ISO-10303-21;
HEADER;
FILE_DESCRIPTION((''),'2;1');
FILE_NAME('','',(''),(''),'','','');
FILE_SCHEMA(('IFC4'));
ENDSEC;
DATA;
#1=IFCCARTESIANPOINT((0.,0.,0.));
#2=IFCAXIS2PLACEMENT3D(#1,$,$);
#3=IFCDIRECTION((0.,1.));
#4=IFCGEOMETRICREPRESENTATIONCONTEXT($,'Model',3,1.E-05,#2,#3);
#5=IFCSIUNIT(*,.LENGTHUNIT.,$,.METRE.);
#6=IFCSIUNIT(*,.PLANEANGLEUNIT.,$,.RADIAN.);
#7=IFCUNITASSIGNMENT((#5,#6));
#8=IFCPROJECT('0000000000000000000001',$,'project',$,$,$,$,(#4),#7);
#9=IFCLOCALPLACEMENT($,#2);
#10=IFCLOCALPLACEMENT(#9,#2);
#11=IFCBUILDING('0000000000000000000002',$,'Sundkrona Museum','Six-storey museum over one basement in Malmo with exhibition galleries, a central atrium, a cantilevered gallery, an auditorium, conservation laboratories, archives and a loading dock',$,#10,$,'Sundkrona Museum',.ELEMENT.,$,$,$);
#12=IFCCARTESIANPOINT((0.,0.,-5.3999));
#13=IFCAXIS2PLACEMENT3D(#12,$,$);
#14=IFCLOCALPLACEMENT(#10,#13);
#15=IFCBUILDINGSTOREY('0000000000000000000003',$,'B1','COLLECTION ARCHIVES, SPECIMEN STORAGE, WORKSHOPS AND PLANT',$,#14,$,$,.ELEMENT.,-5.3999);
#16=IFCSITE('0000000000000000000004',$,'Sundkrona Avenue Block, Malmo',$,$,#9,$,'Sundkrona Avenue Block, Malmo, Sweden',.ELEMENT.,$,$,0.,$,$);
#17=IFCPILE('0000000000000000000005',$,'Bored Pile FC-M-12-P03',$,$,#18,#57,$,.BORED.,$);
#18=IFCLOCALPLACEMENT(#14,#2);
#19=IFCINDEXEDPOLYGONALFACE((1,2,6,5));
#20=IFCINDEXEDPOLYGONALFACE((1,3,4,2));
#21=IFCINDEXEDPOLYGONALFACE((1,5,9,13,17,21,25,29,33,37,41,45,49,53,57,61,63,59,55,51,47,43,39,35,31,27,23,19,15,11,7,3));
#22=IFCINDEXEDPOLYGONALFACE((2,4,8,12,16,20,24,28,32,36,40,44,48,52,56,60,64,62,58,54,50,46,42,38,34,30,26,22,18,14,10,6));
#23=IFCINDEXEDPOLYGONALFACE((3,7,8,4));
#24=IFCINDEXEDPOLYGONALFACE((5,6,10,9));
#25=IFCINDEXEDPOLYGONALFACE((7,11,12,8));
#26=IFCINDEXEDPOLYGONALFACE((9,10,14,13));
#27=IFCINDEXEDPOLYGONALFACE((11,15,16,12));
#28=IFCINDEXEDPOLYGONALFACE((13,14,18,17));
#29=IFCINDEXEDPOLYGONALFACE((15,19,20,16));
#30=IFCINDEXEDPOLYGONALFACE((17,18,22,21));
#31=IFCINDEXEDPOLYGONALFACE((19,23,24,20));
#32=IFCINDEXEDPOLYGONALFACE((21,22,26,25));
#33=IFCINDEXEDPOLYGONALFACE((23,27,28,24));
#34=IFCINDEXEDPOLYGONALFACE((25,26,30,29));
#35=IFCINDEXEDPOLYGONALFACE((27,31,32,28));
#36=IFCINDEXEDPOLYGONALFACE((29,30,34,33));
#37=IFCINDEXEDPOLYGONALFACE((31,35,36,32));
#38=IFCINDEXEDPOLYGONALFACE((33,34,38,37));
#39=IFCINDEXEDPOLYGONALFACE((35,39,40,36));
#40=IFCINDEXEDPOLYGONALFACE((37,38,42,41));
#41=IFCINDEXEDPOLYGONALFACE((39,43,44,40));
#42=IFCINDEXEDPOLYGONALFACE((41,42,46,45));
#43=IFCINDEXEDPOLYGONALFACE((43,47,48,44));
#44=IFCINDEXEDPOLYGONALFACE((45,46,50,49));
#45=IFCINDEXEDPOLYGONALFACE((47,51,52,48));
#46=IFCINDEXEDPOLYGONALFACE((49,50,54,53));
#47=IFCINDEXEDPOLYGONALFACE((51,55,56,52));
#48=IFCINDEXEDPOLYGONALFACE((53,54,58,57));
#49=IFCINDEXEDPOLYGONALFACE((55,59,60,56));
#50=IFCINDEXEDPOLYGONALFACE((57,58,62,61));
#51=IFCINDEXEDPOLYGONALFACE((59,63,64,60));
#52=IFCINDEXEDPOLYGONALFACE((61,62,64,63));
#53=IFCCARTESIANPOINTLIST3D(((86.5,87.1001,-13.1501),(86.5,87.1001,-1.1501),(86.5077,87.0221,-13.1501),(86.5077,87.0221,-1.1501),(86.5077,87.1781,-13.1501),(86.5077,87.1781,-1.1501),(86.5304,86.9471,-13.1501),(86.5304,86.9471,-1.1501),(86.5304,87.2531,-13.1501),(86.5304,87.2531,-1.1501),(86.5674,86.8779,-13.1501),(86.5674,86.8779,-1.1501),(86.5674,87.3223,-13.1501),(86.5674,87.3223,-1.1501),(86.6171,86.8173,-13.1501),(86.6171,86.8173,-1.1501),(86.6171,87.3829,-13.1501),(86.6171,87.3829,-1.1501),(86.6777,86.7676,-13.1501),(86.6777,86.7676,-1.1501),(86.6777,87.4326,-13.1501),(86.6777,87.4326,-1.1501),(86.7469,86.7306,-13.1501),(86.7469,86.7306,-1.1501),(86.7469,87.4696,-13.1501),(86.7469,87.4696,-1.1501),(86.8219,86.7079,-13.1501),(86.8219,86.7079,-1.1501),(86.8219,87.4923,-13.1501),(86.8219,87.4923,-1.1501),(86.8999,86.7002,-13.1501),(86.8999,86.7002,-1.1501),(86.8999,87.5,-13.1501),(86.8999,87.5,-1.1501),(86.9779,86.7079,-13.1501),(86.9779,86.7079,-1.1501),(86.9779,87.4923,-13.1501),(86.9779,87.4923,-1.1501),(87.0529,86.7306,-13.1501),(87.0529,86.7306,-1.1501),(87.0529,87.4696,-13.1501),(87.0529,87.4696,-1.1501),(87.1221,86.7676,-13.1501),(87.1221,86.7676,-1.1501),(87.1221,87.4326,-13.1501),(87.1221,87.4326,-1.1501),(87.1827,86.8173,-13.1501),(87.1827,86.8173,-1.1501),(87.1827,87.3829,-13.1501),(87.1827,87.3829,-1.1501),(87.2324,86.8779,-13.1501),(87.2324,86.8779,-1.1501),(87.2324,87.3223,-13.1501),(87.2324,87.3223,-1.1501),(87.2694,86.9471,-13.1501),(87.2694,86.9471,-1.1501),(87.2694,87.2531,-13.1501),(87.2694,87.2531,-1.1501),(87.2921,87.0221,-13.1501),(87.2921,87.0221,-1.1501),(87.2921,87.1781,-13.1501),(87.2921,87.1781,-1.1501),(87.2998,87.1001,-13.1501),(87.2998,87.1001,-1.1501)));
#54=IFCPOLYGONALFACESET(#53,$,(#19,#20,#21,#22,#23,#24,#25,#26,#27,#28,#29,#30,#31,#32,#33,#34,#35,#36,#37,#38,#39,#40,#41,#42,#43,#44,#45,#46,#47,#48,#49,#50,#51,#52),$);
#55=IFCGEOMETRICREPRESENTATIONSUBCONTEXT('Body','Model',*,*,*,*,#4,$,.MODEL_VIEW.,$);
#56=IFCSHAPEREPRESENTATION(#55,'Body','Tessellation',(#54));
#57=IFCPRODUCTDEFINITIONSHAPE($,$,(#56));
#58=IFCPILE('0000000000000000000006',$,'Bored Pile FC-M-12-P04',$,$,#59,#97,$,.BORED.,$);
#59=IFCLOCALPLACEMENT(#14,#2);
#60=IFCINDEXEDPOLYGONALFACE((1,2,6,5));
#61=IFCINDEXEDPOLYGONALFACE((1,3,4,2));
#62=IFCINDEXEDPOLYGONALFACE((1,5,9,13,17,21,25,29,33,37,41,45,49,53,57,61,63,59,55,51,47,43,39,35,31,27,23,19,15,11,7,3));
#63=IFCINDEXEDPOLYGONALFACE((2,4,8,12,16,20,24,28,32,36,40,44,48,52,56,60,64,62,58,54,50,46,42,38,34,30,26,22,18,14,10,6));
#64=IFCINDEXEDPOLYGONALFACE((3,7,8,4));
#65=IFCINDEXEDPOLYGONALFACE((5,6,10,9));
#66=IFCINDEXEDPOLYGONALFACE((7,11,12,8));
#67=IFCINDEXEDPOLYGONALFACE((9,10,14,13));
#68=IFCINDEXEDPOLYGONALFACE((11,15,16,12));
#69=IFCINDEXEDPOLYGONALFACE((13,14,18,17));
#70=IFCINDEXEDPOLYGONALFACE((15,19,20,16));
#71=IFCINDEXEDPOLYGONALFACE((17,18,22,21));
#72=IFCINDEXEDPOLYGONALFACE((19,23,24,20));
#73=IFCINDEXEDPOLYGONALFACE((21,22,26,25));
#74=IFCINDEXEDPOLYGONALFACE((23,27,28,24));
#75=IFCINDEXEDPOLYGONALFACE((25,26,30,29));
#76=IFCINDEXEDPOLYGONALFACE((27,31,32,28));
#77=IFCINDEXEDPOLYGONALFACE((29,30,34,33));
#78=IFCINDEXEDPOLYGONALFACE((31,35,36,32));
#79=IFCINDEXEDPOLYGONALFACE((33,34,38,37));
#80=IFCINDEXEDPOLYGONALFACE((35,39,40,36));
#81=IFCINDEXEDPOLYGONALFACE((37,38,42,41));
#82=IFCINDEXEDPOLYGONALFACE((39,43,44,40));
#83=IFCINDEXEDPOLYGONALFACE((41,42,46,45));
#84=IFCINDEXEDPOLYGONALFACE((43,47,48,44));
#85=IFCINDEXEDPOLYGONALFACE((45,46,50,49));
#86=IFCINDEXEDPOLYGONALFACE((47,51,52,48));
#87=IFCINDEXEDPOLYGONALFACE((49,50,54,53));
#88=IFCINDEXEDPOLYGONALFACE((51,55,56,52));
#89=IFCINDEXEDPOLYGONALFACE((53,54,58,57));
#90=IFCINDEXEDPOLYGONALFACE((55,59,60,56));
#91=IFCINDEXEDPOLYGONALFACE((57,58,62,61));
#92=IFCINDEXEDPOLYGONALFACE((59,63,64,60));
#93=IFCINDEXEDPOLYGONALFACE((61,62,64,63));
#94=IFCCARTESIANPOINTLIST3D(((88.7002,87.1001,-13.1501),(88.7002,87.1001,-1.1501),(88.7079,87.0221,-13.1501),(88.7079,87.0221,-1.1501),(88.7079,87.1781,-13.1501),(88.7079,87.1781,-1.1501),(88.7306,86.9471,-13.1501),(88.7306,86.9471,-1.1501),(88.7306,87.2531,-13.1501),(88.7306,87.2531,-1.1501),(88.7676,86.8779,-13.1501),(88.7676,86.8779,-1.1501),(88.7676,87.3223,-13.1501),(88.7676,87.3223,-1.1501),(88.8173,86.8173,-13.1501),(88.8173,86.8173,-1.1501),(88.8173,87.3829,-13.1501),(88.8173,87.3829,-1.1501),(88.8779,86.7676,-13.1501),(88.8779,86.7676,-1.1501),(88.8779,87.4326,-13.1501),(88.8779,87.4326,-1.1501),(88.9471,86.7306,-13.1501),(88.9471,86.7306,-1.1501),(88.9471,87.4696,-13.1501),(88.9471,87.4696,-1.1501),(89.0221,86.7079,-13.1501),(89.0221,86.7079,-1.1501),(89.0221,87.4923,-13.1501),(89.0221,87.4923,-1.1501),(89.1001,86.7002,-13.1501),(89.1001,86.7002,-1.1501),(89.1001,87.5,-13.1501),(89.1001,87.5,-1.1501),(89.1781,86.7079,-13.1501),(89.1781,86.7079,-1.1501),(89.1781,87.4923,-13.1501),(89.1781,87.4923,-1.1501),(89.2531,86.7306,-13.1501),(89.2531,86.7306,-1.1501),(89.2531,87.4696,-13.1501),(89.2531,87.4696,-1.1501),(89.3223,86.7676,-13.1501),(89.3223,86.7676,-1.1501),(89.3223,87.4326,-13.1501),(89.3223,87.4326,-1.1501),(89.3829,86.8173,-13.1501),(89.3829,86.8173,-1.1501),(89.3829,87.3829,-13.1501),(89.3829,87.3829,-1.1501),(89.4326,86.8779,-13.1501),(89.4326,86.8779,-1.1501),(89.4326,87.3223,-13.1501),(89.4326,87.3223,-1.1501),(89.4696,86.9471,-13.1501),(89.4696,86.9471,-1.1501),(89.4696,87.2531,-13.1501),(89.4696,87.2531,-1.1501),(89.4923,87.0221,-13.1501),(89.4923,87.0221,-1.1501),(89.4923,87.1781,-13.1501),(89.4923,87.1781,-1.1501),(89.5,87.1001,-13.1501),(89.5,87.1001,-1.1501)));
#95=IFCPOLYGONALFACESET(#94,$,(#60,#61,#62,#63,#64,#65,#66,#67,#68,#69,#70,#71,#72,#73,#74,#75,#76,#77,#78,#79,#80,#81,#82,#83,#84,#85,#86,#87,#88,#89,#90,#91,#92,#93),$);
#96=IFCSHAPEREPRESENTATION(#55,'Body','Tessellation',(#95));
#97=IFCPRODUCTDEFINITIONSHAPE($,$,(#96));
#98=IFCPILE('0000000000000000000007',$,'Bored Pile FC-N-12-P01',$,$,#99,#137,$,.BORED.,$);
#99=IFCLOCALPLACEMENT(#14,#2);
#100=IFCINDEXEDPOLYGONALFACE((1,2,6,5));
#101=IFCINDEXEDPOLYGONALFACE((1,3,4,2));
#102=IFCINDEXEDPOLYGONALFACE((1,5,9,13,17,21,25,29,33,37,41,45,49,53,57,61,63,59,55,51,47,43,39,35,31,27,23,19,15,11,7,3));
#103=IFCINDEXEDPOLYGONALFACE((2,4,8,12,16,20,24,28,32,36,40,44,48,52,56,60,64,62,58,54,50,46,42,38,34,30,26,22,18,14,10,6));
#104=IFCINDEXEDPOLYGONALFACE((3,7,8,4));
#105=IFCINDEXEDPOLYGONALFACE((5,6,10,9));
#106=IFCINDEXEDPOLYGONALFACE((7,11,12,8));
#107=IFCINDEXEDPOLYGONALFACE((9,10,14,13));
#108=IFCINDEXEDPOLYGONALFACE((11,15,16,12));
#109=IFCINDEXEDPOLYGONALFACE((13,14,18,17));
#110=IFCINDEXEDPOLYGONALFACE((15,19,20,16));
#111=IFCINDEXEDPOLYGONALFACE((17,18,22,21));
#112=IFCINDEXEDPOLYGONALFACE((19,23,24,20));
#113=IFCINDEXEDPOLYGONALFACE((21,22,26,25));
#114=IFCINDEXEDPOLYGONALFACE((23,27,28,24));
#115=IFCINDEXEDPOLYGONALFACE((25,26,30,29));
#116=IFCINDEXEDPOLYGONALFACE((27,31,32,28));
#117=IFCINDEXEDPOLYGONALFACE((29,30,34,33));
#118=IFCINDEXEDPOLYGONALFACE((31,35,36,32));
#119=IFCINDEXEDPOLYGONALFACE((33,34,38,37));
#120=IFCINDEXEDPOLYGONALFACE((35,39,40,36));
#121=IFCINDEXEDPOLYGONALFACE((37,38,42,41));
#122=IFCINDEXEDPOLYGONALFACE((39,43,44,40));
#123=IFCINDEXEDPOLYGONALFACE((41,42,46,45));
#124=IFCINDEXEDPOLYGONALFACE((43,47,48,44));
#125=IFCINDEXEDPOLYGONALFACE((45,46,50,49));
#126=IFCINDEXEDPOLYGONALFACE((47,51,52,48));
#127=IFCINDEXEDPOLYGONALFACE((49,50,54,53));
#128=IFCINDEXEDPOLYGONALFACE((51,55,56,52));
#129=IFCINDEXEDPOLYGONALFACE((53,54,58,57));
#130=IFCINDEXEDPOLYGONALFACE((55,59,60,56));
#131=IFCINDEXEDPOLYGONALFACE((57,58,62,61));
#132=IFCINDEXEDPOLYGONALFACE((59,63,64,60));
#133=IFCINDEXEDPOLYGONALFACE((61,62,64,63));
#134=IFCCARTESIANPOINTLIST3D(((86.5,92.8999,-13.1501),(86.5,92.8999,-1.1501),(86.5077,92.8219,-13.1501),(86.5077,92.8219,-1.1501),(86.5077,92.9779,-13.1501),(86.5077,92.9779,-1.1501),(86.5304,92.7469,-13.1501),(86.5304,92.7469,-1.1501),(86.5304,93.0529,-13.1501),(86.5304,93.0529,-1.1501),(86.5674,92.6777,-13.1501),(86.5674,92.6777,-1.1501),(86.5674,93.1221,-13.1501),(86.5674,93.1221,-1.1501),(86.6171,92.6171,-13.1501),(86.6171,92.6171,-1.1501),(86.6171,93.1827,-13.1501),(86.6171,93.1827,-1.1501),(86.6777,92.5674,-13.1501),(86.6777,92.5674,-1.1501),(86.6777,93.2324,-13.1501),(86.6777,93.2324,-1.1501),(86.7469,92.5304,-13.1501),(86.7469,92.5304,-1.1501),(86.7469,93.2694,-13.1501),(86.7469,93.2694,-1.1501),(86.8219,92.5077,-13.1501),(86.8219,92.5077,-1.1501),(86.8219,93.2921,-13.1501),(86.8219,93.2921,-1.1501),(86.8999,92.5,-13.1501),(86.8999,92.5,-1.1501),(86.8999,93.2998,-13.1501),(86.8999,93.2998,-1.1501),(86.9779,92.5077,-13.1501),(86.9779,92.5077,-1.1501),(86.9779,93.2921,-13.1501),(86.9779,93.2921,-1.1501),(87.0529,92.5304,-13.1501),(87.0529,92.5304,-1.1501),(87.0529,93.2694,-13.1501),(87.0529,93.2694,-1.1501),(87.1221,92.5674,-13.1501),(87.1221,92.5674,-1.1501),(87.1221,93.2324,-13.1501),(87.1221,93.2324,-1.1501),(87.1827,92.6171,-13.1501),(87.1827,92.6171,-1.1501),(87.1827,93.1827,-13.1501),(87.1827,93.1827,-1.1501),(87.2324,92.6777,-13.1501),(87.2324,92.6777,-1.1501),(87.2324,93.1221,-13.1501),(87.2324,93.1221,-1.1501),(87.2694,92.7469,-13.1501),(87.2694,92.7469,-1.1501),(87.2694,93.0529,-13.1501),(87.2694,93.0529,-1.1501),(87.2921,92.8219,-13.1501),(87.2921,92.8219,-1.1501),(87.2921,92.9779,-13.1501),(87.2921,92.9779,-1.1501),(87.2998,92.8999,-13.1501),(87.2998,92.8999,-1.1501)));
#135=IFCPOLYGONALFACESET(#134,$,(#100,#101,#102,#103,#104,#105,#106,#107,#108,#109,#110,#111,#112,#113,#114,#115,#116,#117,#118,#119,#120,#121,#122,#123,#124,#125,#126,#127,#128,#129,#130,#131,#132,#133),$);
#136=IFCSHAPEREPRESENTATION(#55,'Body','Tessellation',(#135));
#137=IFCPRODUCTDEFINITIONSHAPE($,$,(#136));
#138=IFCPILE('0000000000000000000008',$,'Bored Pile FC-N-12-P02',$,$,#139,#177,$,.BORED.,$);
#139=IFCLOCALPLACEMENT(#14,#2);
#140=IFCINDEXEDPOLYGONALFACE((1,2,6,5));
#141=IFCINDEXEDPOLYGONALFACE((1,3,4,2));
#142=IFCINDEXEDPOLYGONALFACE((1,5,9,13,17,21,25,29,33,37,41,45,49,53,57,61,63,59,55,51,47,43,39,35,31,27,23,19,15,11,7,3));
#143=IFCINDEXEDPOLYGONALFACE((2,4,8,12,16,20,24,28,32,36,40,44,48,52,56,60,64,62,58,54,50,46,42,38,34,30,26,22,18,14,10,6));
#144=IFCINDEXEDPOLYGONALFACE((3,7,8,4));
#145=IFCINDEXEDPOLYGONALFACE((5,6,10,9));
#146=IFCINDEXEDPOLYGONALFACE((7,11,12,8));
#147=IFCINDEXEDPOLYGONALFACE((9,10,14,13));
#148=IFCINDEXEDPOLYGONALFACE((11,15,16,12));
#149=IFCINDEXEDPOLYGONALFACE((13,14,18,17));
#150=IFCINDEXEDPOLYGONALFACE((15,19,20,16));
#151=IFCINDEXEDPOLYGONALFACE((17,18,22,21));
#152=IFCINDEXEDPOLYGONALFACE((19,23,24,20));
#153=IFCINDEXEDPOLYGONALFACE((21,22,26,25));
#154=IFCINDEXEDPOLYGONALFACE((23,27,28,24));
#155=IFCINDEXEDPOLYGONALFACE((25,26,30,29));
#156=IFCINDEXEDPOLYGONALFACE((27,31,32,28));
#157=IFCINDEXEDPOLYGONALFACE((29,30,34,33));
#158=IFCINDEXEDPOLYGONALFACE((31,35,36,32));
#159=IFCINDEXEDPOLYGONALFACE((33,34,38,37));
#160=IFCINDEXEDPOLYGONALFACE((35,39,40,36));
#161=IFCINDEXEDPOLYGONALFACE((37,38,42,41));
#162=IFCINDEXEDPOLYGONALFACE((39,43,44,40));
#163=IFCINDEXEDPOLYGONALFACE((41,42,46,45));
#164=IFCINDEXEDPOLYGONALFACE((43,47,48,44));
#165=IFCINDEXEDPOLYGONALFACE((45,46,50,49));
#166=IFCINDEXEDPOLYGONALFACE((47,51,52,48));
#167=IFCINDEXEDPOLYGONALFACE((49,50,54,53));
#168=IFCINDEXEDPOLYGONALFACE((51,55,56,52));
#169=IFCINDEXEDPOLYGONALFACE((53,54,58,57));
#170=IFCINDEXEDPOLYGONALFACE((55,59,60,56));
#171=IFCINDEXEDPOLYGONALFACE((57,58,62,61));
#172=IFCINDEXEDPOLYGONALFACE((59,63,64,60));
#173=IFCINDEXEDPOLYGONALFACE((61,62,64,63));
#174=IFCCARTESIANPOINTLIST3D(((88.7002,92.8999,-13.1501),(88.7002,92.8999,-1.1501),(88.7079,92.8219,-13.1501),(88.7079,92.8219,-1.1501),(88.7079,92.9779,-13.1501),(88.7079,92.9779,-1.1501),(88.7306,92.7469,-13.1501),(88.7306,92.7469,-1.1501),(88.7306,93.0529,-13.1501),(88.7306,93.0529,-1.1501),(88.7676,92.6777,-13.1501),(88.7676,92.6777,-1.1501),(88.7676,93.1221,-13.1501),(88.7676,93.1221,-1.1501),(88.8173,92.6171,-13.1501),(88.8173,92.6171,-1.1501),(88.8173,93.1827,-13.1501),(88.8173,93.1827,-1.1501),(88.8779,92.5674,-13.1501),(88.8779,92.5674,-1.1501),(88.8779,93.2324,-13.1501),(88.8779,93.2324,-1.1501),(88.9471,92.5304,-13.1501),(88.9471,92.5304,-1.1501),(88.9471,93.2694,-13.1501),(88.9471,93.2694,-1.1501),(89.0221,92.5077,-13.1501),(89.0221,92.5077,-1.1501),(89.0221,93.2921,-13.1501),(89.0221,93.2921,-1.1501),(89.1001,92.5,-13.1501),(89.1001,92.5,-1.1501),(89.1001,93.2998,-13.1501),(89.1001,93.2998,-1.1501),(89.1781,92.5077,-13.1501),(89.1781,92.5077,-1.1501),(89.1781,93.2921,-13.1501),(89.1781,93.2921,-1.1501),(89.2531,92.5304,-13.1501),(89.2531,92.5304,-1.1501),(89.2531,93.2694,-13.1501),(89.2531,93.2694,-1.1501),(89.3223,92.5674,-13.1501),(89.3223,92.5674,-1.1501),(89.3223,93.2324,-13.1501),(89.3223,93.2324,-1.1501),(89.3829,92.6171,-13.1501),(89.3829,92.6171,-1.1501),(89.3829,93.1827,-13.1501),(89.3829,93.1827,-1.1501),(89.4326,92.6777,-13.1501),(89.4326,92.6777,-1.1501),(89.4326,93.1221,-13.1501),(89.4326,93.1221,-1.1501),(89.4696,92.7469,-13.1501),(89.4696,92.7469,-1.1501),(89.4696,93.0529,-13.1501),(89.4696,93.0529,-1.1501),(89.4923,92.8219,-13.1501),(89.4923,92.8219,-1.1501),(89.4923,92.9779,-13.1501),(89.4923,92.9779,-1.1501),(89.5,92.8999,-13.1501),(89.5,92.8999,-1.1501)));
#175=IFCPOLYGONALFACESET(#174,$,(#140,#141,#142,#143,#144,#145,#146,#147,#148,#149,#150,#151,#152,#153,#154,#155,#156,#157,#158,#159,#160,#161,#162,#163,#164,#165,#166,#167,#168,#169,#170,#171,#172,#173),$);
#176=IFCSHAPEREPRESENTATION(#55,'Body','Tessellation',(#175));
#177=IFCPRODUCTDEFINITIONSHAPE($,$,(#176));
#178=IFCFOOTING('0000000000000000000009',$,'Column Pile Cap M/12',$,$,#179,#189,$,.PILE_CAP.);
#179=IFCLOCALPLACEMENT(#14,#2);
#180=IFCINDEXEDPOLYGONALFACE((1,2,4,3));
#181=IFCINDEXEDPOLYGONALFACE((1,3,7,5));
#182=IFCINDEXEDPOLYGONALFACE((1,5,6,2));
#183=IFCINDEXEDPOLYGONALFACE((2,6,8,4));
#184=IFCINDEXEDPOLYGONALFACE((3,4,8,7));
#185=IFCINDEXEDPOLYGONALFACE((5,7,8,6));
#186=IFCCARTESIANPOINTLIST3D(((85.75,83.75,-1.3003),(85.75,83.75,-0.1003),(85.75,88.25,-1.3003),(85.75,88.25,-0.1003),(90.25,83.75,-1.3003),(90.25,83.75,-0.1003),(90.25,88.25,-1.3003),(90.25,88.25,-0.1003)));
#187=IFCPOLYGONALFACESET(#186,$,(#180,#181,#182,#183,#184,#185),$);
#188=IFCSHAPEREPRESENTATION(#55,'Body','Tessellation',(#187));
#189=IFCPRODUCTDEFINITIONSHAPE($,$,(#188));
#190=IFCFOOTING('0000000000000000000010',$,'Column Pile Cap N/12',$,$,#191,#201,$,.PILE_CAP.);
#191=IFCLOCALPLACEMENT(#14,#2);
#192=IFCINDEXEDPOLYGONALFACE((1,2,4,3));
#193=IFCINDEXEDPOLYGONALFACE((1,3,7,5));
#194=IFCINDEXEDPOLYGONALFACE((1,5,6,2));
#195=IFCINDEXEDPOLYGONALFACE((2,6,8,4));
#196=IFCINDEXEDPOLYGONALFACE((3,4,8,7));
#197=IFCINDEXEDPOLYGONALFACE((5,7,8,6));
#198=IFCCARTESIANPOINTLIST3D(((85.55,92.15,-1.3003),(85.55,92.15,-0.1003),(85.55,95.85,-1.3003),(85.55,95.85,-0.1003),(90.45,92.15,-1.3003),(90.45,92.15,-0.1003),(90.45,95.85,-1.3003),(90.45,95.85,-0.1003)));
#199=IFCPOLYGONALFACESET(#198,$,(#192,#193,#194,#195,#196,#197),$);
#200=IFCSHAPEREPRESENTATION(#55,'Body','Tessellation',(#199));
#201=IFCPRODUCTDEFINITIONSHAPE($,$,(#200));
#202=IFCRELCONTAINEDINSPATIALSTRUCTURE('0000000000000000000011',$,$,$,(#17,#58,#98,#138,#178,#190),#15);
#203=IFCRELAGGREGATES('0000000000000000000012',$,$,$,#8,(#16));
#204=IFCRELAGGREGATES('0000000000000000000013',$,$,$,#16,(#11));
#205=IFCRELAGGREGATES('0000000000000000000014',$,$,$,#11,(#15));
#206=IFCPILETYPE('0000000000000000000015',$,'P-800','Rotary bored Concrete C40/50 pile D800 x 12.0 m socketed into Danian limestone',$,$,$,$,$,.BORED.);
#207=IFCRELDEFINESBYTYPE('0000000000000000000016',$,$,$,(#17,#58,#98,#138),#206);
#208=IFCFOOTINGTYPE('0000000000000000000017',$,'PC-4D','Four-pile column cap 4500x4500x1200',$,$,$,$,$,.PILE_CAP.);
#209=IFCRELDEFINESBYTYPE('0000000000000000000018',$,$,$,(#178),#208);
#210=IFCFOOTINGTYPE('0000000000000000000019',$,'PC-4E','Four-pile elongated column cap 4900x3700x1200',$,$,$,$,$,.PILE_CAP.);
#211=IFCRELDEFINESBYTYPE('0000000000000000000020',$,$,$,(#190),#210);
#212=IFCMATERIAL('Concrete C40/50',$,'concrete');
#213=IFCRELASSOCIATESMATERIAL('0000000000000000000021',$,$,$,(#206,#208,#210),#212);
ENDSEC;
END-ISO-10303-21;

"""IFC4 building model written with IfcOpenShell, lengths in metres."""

from ifc_helpers import new_model, si_unit, direction, frame, origin, origin_2d, place, context, subcontext, project, spatial, rectangle, circle, extrude, material, material_profile, profile_set, type_object, element, save


model = new_model("IFC4")

# Units and contexts
model_context = context("Model", 3, precision=1e-05, world=origin(), true_north=direction((0.0, 1.0)))
body_context = subcontext(model_context, "Body", "Model", "MODEL_VIEW")
ifc_project = project(units=[si_unit("LENGTHUNIT", "METRE"), si_unit("PLANEANGLEUNIT", "RADIAN")], contexts=[model_context])

# Site, building, storey
site_placement = place(None, origin())
site = spatial("IfcSite", under=ifc_project, at=site_placement, Name="Sundkrona Avenue Block, Malmo", LongName="Sundkrona Avenue Block, Malmo, Sweden", CompositionType="ELEMENT", RefElevation=0.0)
building_placement = place(site_placement, origin())
building = spatial("IfcBuilding", under=site, at=building_placement, Name="Sundkrona Museum", Description="Six-storey museum over one basement in Malmo with exhibition galleries, a central atrium, a cantilevered gallery, an auditorium, conservation laboratories, archives and a loading dock", LongName="Sundkrona Museum", CompositionType="ELEMENT")
storey_placement = place(building_placement, frame((0.0, 0.0, -5.3999)))
storey = spatial("IfcBuildingStorey", under=building, at=storey_placement, Name="B1", Description="COLLECTION ARCHIVES, SPECIMEN STORAGE, WORKSHOPS AND PLANT", CompositionType="ELEMENT", Elevation=-5.3999)

# Shared definitions
ifc_material_1 = material(Name="Concrete C40/50", Category="concrete")

# Piles
ifc_material_profile_1 = material_profile(ifc_material_1, circle(Radius=0.3999, at=origin_2d()), Name="PILE D800")
ifc_profile_set_1 = profile_set([ifc_material_profile_1], Name="Concrete C40/50")
pile_type = type_object("IfcPileType", Name="P-800", Description="Rotary bored Concrete C40/50 pile D800 x 12.0 m socketed into Danian limestone", PredefinedType="BORED", material=ifc_profile_set_1)
for number, where, z_axis, x_axis, name in (
    (1, (86.8999, 87.1001, -1.1501), (0.0, 0.0, -1.0), (1.0, 0.0, 0.0), "Bored Pile FC-M-12-P03"),
    (2, (89.1001, 87.1001, -1.1501), (0.0, 0.0, -1.0), (1.0, 0.0, 0.0), "Bored Pile FC-M-12-P04"),
    (3, (86.8999, 92.8999, -1.1501), (0.0, 0.0, -1.0), (1.0, 0.0, 0.0), "Bored Pile FC-N-12-P01"),
    (4, (89.1001, 92.8999, -1.1501), (0.0, 0.0, -1.0), (1.0, 0.0, 0.0), "Bored Pile FC-N-12-P02"),
):
    element("IfcPile", number, at=place(storey_placement, frame(where, z_axis=z_axis, x_axis=x_axis)), inside=storey, type_object=pile_type, Name=name, PredefinedType="BORED", context=body_context, shape_type="SweptSolid", body=[
        extrude(circle(Radius=0.3999, at=origin_2d()), origin(), (0.0, 0.0, 1.0), 12.0),
    ])

# Footings
footing_type_1 = type_object("IfcFootingType", Name="PC-4D", Description="Four-pile column cap 4500x4500x1200", PredefinedType="PILE_CAP", material=ifc_material_1)
footing_1_placement = place(storey_placement, frame((88.0, 86.0, -1.3003), z_axis=(0.0, 0.0, 1.0), x_axis=(1.0, 0.0, 0.0)))
element("IfcFooting", 5, at=footing_1_placement, inside=storey, type_object=footing_type_1, Name="Column Pile Cap M/12", PredefinedType="PILE_CAP", context=body_context, shape_type="SweptSolid", body=[
    extrude(rectangle(XDim=4.5, YDim=4.5, at=origin_2d()), origin(), (0.0, 0.0, 1.0), 1.2),
])
footing_type_2 = type_object("IfcFootingType", Name="PC-4E", Description="Four-pile elongated column cap 4900x3700x1200", PredefinedType="PILE_CAP", material=ifc_material_1)
footing_2_placement = place(storey_placement, frame((88.0, 94.0, -1.3003), z_axis=(0.0, 0.0, 1.0), x_axis=(1.0, 0.0, 0.0)))
element("IfcFooting", 6, at=footing_2_placement, inside=storey, type_object=footing_type_2, Name="Column Pile Cap N/12", PredefinedType="PILE_CAP", context=body_context, shape_type="SweptSolid", body=[
    extrude(rectangle(XDim=4.8999, YDim=3.7, at=origin_2d()), origin(), (0.0, 0.0, 1.0), 1.2),
])

save(model, "model.ifc")
